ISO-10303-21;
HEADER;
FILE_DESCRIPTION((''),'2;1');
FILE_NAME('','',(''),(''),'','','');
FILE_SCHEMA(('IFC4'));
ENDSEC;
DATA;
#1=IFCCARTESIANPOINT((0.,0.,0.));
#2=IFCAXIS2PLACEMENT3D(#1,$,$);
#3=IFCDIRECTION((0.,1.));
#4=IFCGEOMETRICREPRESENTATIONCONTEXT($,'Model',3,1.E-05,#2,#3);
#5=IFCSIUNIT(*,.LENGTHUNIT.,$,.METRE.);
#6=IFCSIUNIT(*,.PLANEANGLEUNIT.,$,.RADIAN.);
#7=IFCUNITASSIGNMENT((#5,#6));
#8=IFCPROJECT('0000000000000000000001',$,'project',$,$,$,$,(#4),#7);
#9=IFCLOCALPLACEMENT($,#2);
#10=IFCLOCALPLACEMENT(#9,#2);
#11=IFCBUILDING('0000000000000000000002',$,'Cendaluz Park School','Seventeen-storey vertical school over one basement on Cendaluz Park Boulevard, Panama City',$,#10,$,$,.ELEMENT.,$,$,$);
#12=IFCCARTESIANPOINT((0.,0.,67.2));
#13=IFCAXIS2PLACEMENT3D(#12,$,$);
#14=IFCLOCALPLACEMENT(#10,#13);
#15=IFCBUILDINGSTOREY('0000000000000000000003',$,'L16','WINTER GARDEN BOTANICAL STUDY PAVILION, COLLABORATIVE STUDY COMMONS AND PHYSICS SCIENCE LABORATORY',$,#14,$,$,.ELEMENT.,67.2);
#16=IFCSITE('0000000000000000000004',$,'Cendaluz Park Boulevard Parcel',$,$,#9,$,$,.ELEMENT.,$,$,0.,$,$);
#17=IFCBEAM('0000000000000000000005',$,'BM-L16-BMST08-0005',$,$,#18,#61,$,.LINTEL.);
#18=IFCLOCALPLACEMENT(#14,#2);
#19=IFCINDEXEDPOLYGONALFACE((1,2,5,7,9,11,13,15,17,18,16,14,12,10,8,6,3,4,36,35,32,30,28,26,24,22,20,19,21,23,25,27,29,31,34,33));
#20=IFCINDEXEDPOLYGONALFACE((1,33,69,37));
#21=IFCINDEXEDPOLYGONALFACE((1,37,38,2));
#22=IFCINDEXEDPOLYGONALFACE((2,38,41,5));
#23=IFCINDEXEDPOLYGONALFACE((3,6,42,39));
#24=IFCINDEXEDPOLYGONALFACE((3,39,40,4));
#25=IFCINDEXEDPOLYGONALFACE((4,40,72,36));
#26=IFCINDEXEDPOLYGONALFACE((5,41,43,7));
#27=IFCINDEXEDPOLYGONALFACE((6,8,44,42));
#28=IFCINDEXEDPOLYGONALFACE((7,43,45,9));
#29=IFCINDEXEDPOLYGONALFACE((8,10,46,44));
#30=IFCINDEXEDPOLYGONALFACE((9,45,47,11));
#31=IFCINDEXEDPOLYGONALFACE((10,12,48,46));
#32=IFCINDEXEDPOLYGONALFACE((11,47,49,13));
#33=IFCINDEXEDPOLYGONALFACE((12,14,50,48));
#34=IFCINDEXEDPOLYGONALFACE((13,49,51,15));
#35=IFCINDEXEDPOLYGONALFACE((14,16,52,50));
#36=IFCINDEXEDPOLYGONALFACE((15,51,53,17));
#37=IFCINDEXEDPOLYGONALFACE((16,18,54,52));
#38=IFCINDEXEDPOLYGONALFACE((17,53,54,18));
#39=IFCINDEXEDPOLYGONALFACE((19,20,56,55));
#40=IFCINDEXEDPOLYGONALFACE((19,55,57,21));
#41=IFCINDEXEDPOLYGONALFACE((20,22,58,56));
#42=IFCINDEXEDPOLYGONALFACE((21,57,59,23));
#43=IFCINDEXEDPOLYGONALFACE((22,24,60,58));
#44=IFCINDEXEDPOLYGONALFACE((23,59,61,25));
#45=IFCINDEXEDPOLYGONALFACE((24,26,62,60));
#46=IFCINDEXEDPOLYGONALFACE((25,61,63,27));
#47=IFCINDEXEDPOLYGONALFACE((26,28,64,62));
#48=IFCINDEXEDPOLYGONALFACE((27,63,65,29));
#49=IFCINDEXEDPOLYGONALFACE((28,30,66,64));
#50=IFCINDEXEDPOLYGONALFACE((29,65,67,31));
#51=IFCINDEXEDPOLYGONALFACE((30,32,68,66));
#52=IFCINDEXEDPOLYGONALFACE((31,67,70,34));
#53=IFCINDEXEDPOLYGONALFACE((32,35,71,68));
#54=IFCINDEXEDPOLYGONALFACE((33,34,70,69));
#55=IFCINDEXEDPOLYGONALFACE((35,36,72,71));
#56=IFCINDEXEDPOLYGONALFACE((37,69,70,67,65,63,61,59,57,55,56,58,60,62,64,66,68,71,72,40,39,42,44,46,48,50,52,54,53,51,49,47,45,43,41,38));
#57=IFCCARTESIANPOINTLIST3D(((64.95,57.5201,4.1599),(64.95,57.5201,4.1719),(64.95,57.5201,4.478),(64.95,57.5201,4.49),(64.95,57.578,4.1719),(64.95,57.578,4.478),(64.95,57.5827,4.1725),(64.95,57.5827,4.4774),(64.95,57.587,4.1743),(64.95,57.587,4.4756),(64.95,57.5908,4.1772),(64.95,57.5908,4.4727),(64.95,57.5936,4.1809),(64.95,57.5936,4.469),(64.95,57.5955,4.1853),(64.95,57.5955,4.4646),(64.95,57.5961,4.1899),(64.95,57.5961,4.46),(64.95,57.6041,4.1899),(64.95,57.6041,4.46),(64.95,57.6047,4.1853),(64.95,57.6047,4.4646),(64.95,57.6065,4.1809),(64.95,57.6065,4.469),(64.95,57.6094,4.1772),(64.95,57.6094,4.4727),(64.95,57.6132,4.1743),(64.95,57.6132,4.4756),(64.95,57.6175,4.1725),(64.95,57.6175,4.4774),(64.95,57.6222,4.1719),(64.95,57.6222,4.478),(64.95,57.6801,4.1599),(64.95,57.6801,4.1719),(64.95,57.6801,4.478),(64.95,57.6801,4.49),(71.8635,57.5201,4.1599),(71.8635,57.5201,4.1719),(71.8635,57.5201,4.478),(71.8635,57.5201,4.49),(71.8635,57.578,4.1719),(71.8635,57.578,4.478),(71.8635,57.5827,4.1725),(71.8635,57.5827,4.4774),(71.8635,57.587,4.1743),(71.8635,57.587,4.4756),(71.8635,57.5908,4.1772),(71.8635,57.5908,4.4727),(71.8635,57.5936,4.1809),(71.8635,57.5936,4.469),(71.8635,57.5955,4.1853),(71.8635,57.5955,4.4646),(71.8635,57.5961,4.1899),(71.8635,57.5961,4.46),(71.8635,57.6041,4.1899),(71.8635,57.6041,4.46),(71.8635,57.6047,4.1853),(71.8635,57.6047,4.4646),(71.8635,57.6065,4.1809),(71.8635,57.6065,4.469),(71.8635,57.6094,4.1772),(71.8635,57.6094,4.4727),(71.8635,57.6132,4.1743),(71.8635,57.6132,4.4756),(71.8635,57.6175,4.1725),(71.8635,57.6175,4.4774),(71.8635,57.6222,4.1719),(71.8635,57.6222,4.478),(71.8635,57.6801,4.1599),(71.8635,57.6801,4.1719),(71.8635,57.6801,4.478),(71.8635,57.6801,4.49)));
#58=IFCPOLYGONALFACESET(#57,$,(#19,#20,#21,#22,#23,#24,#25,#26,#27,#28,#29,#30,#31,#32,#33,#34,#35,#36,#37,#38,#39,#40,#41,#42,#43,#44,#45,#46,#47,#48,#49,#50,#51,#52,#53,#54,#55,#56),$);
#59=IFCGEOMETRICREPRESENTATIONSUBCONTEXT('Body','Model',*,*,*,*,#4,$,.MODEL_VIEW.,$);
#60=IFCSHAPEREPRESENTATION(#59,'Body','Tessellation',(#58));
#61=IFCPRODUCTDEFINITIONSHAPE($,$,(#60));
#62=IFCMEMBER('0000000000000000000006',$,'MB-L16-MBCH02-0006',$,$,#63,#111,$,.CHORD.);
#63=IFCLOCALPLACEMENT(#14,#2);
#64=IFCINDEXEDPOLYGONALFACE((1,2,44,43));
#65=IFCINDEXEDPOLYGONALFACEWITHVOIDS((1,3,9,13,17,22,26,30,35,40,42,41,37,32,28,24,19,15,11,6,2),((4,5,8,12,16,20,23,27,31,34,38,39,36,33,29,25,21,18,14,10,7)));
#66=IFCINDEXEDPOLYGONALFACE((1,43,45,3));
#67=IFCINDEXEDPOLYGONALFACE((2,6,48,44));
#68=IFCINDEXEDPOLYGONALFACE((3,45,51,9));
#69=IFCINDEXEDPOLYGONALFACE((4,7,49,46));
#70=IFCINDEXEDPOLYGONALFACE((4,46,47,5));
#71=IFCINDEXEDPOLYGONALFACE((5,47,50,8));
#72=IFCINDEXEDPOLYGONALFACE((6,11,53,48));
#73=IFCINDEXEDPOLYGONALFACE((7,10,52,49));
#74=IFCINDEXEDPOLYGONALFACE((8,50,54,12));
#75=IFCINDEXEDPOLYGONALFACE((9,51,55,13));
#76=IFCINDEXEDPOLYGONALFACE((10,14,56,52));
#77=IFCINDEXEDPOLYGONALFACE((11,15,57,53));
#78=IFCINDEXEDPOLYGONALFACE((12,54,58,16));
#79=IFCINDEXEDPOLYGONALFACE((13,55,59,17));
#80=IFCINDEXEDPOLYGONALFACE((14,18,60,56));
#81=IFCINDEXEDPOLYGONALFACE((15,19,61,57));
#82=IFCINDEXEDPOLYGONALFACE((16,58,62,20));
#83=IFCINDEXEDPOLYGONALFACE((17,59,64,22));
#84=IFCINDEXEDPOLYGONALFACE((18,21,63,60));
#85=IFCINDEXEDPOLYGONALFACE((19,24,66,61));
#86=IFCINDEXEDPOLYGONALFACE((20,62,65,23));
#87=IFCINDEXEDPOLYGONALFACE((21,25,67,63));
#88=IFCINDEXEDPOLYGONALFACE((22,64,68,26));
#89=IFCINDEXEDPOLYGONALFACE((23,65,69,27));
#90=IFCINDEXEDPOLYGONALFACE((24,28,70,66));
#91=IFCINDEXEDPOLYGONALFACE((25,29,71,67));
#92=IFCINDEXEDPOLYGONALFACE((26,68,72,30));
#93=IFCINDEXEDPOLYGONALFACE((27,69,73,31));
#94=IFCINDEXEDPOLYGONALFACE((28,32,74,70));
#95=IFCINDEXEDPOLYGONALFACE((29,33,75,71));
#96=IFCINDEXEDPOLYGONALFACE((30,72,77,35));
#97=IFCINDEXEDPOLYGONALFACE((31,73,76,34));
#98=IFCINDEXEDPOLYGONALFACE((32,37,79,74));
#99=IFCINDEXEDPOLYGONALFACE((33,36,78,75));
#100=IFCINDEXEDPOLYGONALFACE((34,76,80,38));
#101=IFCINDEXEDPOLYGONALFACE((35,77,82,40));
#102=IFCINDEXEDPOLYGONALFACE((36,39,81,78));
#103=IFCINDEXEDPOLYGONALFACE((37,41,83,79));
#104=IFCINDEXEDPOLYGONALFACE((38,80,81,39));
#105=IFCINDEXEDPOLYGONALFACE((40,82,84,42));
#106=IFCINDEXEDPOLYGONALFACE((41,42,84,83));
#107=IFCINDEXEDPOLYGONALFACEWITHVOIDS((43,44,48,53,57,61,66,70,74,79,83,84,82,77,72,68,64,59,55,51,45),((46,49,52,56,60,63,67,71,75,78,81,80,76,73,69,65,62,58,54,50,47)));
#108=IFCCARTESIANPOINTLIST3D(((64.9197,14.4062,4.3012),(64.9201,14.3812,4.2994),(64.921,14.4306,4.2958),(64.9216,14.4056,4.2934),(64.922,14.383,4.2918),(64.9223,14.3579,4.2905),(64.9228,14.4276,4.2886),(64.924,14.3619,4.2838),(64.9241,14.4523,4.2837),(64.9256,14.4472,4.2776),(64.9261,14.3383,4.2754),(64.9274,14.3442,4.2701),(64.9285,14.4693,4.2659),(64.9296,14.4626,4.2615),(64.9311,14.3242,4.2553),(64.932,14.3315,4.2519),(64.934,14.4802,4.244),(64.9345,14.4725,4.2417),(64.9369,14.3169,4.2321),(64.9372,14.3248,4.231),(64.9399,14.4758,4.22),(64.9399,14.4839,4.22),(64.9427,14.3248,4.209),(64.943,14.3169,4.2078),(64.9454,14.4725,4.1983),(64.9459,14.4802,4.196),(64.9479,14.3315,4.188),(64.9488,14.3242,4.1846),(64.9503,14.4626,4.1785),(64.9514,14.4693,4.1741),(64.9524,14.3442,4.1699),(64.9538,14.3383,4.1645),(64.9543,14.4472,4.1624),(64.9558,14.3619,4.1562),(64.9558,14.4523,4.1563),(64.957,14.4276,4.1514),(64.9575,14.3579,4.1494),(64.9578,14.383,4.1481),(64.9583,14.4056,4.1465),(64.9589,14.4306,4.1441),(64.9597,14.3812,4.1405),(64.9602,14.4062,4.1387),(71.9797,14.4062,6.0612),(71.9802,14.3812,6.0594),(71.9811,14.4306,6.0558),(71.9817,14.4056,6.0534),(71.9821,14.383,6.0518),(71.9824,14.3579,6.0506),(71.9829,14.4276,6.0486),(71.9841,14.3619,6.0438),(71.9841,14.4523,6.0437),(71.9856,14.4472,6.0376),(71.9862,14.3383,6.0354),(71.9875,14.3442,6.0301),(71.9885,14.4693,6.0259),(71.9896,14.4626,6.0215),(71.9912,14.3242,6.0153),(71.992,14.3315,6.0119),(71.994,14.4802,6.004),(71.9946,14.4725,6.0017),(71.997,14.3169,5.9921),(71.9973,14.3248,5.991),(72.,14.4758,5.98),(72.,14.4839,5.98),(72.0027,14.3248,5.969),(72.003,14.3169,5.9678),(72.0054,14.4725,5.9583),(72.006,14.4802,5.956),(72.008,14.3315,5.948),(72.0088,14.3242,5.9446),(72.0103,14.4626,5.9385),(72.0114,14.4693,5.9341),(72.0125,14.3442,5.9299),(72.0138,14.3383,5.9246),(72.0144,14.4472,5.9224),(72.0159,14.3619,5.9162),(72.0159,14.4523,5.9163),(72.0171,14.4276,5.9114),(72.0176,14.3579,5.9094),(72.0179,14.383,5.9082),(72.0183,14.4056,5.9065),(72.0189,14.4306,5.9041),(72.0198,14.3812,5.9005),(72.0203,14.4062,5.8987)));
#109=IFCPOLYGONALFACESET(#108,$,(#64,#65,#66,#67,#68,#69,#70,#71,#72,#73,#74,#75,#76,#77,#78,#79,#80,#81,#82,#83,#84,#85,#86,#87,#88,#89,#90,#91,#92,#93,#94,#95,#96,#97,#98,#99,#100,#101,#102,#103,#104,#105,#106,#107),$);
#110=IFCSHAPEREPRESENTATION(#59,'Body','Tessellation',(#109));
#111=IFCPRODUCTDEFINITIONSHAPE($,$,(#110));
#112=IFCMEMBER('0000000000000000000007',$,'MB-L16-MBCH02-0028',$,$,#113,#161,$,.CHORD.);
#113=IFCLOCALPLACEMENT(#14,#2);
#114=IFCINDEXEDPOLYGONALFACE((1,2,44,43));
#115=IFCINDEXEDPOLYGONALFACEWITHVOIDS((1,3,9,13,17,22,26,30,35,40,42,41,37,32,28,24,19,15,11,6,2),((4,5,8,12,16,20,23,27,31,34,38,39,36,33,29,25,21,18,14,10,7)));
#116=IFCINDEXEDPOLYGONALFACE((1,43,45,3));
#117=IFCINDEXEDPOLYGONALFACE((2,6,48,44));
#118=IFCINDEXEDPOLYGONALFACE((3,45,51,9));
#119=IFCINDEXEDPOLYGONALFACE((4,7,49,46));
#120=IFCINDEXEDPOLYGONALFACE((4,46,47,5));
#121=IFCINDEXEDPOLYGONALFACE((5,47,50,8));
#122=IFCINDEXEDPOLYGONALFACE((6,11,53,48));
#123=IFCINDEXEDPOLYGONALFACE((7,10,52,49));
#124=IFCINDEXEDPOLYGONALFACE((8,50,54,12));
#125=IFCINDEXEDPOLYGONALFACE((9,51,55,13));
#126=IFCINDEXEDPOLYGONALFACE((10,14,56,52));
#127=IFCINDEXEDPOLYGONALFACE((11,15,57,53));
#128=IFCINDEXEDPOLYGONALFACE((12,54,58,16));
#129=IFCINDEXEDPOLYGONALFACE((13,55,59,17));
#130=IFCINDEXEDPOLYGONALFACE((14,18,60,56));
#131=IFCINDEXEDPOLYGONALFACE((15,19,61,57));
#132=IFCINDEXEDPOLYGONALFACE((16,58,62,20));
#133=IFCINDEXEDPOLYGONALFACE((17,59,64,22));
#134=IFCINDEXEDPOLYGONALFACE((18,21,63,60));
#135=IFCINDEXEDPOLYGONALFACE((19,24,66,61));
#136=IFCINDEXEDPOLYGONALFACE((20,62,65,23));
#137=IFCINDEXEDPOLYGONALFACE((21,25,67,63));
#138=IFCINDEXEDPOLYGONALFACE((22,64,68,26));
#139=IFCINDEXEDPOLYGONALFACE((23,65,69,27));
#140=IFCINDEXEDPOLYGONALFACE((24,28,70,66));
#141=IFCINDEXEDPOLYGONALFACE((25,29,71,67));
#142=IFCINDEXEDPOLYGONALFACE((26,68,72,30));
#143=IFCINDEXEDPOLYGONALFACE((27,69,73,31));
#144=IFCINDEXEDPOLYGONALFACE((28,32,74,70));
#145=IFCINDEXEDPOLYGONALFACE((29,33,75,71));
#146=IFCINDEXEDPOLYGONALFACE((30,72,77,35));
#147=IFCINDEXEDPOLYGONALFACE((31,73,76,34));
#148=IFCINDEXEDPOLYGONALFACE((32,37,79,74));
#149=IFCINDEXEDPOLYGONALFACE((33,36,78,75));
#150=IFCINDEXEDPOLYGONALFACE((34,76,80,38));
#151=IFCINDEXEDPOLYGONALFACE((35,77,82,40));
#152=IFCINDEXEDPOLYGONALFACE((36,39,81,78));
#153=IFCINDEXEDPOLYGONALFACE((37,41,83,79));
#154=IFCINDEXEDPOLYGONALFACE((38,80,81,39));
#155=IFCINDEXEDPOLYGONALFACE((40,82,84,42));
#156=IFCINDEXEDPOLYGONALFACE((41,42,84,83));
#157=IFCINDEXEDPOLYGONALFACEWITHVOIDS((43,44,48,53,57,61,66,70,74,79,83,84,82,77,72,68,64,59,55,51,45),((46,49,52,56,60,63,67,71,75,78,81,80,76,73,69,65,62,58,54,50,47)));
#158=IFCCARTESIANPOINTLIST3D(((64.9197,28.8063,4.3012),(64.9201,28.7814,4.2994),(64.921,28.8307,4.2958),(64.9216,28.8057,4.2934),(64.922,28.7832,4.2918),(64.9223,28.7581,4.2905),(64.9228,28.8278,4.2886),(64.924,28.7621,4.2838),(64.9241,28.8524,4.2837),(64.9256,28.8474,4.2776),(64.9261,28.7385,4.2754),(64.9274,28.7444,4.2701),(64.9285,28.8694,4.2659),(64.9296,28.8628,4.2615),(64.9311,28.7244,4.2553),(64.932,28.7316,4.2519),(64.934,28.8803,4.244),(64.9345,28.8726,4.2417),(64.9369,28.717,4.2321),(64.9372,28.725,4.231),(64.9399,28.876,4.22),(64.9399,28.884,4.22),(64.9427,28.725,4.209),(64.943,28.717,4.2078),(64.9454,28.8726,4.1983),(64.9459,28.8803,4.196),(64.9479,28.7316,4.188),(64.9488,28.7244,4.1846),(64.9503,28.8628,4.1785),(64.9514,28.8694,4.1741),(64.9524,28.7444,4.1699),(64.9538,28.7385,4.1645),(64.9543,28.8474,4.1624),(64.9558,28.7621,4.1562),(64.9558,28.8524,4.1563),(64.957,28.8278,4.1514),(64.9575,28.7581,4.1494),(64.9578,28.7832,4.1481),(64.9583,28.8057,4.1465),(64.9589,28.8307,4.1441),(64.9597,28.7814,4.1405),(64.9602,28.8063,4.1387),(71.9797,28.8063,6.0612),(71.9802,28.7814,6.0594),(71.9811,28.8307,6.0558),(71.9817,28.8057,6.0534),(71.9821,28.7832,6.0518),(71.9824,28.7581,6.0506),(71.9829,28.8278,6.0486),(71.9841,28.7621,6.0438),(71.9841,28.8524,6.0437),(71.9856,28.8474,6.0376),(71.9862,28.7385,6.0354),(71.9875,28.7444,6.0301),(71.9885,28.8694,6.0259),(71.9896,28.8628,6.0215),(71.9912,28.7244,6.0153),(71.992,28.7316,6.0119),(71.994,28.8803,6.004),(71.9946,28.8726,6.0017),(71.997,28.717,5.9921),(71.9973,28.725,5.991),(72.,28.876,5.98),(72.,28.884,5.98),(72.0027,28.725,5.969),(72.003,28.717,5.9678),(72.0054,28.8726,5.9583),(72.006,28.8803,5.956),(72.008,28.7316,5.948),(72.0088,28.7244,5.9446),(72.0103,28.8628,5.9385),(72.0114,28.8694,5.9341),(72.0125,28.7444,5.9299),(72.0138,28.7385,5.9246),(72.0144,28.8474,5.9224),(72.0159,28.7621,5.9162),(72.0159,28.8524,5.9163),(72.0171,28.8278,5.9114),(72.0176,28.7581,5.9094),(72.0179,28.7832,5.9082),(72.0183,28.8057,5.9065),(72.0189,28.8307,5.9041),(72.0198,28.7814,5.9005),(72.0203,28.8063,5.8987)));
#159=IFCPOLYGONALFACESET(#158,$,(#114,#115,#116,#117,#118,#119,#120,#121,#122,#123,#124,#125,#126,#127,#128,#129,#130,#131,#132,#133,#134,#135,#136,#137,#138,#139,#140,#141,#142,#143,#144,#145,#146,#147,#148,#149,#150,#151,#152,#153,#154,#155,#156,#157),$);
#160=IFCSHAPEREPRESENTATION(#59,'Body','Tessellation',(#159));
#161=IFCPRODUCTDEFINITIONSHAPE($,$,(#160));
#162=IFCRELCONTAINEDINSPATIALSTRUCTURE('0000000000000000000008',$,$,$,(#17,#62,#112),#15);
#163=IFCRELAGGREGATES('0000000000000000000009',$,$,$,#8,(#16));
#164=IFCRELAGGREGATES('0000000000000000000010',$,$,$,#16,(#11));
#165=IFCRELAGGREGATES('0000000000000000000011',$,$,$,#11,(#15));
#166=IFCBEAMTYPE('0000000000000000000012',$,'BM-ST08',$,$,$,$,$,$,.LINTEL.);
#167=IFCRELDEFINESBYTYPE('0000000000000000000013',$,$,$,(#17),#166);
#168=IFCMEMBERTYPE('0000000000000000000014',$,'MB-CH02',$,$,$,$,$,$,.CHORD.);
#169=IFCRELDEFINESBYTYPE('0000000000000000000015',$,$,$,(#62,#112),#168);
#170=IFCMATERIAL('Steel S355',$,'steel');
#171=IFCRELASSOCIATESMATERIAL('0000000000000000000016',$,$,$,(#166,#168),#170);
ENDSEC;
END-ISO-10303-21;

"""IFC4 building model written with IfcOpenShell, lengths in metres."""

from ifc_helpers import new_model, si_unit, direction, frame, origin, origin_2d, place, context, subcontext, project, spatial, hollow_circle, i_section, extrude, material, material_profile, profile_set, type_object, element, save


model = new_model("IFC4")

# Units and contexts
model_context = context("Model", 3, precision=1e-05, world=origin(), true_north=direction((0.0, 1.0)))
body_context = subcontext(model_context, "Body", "Model", "MODEL_VIEW")
ifc_project = project(units=[si_unit("LENGTHUNIT", "METRE"), si_unit("PLANEANGLEUNIT", "RADIAN")], contexts=[model_context])

# Site, building, storey
site_placement = place(None, origin())
site = spatial("IfcSite", under=ifc_project, at=site_placement, Name="Cendaluz Park Boulevard Parcel", CompositionType="ELEMENT", RefElevation=0.0)
building_placement = place(site_placement, origin())
building = spatial("IfcBuilding", under=site, at=building_placement, Name="Cendaluz Park School", Description="Seventeen-storey vertical school over one basement on Cendaluz Park Boulevard, Panama City", CompositionType="ELEMENT")
storey_placement = place(building_placement, frame((0.0, 0.0, 67.2)))
storey = spatial("IfcBuildingStorey", under=building, at=storey_placement, Name="L16", Description="WINTER GARDEN BOTANICAL STUDY PAVILION, COLLABORATIVE STUDY COMMONS AND PHYSICS SCIENCE LABORATORY", CompositionType="ELEMENT", Elevation=67.2)

# Beam
ifc_material_1 = material(Name="Steel S355", Category="steel")
ifc_material_profile_1 = material_profile(ifc_material_1, i_section(OverallWidth=0.1599, OverallDepth=0.3301, WebThickness=0.0081, FlangeThickness=0.012, FilletRadius=0.0181, at=origin_2d()), Name="IPE 330", Category="steel")
ifc_profile_set_1 = profile_set([ifc_material_profile_1], Name="Steel S355")
beam_type_1 = type_object("IfcBeamType", Name="BM-ST08", PredefinedType="LINTEL", material=ifc_profile_set_1)
for number, where, z_axis, x_axis, name in (
    (1, (64.95, 57.6001, 4.325), (1.0, 0.0, 0.0), (0.0, 1.0, 0.0), "BM-L16-BMST08-0005"),
):
    element("IfcBeam", number, at=place(storey_placement, frame(where, z_axis=z_axis, x_axis=x_axis)), inside=storey, type_object=beam_type_1, Name=name, PredefinedType="LINTEL", context=body_context, shape_type="SweptSolid", body=[
        extrude(i_section(OverallWidth=0.1599, OverallDepth=0.3301, WebThickness=0.0081, FlangeThickness=0.012, FilletRadius=0.0181, at=origin_2d()), origin(), (0.0, 0.0, 1.0), 6.9136),
    ])

# Members
ifc_material_profile_2 = material_profile(ifc_material_1, hollow_circle(Radius=0.084, WallThickness=0.0081, at=origin_2d()), Name="CHS 168x8", Category="steel")
ifc_profile_set_2 = profile_set([ifc_material_profile_2], Name="Steel S355")
member_type_1 = type_object("IfcMemberType", Name="MB-CH02", PredefinedType="CHORD", material=ifc_profile_set_2)
for number, where, z_axis, x_axis, name in (
    (2, (64.9399, 14.3999, 4.22), (0.970304, 0.0, 0.241888), (0.0, 1.0, 0.0), "MB-L16-MBCH02-0006"),
    (3, (64.9399, 28.8, 4.22), (0.970304, 0.0, 0.241888), (0.0, 1.0, 0.0), "MB-L16-MBCH02-0028"),
):
    element("IfcMember", number, at=place(storey_placement, frame(where, z_axis=z_axis, x_axis=x_axis)), inside=storey, type_object=member_type_1, Name=name, PredefinedType="CHORD", context=body_context, shape_type="SweptSolid", body=[
        extrude(hollow_circle(Radius=0.084, WallThickness=0.0081, at=origin_2d()), origin(), (0.0, 0.0, 1.0), 7.2761),
    ])

save(model, "model.ifc")
